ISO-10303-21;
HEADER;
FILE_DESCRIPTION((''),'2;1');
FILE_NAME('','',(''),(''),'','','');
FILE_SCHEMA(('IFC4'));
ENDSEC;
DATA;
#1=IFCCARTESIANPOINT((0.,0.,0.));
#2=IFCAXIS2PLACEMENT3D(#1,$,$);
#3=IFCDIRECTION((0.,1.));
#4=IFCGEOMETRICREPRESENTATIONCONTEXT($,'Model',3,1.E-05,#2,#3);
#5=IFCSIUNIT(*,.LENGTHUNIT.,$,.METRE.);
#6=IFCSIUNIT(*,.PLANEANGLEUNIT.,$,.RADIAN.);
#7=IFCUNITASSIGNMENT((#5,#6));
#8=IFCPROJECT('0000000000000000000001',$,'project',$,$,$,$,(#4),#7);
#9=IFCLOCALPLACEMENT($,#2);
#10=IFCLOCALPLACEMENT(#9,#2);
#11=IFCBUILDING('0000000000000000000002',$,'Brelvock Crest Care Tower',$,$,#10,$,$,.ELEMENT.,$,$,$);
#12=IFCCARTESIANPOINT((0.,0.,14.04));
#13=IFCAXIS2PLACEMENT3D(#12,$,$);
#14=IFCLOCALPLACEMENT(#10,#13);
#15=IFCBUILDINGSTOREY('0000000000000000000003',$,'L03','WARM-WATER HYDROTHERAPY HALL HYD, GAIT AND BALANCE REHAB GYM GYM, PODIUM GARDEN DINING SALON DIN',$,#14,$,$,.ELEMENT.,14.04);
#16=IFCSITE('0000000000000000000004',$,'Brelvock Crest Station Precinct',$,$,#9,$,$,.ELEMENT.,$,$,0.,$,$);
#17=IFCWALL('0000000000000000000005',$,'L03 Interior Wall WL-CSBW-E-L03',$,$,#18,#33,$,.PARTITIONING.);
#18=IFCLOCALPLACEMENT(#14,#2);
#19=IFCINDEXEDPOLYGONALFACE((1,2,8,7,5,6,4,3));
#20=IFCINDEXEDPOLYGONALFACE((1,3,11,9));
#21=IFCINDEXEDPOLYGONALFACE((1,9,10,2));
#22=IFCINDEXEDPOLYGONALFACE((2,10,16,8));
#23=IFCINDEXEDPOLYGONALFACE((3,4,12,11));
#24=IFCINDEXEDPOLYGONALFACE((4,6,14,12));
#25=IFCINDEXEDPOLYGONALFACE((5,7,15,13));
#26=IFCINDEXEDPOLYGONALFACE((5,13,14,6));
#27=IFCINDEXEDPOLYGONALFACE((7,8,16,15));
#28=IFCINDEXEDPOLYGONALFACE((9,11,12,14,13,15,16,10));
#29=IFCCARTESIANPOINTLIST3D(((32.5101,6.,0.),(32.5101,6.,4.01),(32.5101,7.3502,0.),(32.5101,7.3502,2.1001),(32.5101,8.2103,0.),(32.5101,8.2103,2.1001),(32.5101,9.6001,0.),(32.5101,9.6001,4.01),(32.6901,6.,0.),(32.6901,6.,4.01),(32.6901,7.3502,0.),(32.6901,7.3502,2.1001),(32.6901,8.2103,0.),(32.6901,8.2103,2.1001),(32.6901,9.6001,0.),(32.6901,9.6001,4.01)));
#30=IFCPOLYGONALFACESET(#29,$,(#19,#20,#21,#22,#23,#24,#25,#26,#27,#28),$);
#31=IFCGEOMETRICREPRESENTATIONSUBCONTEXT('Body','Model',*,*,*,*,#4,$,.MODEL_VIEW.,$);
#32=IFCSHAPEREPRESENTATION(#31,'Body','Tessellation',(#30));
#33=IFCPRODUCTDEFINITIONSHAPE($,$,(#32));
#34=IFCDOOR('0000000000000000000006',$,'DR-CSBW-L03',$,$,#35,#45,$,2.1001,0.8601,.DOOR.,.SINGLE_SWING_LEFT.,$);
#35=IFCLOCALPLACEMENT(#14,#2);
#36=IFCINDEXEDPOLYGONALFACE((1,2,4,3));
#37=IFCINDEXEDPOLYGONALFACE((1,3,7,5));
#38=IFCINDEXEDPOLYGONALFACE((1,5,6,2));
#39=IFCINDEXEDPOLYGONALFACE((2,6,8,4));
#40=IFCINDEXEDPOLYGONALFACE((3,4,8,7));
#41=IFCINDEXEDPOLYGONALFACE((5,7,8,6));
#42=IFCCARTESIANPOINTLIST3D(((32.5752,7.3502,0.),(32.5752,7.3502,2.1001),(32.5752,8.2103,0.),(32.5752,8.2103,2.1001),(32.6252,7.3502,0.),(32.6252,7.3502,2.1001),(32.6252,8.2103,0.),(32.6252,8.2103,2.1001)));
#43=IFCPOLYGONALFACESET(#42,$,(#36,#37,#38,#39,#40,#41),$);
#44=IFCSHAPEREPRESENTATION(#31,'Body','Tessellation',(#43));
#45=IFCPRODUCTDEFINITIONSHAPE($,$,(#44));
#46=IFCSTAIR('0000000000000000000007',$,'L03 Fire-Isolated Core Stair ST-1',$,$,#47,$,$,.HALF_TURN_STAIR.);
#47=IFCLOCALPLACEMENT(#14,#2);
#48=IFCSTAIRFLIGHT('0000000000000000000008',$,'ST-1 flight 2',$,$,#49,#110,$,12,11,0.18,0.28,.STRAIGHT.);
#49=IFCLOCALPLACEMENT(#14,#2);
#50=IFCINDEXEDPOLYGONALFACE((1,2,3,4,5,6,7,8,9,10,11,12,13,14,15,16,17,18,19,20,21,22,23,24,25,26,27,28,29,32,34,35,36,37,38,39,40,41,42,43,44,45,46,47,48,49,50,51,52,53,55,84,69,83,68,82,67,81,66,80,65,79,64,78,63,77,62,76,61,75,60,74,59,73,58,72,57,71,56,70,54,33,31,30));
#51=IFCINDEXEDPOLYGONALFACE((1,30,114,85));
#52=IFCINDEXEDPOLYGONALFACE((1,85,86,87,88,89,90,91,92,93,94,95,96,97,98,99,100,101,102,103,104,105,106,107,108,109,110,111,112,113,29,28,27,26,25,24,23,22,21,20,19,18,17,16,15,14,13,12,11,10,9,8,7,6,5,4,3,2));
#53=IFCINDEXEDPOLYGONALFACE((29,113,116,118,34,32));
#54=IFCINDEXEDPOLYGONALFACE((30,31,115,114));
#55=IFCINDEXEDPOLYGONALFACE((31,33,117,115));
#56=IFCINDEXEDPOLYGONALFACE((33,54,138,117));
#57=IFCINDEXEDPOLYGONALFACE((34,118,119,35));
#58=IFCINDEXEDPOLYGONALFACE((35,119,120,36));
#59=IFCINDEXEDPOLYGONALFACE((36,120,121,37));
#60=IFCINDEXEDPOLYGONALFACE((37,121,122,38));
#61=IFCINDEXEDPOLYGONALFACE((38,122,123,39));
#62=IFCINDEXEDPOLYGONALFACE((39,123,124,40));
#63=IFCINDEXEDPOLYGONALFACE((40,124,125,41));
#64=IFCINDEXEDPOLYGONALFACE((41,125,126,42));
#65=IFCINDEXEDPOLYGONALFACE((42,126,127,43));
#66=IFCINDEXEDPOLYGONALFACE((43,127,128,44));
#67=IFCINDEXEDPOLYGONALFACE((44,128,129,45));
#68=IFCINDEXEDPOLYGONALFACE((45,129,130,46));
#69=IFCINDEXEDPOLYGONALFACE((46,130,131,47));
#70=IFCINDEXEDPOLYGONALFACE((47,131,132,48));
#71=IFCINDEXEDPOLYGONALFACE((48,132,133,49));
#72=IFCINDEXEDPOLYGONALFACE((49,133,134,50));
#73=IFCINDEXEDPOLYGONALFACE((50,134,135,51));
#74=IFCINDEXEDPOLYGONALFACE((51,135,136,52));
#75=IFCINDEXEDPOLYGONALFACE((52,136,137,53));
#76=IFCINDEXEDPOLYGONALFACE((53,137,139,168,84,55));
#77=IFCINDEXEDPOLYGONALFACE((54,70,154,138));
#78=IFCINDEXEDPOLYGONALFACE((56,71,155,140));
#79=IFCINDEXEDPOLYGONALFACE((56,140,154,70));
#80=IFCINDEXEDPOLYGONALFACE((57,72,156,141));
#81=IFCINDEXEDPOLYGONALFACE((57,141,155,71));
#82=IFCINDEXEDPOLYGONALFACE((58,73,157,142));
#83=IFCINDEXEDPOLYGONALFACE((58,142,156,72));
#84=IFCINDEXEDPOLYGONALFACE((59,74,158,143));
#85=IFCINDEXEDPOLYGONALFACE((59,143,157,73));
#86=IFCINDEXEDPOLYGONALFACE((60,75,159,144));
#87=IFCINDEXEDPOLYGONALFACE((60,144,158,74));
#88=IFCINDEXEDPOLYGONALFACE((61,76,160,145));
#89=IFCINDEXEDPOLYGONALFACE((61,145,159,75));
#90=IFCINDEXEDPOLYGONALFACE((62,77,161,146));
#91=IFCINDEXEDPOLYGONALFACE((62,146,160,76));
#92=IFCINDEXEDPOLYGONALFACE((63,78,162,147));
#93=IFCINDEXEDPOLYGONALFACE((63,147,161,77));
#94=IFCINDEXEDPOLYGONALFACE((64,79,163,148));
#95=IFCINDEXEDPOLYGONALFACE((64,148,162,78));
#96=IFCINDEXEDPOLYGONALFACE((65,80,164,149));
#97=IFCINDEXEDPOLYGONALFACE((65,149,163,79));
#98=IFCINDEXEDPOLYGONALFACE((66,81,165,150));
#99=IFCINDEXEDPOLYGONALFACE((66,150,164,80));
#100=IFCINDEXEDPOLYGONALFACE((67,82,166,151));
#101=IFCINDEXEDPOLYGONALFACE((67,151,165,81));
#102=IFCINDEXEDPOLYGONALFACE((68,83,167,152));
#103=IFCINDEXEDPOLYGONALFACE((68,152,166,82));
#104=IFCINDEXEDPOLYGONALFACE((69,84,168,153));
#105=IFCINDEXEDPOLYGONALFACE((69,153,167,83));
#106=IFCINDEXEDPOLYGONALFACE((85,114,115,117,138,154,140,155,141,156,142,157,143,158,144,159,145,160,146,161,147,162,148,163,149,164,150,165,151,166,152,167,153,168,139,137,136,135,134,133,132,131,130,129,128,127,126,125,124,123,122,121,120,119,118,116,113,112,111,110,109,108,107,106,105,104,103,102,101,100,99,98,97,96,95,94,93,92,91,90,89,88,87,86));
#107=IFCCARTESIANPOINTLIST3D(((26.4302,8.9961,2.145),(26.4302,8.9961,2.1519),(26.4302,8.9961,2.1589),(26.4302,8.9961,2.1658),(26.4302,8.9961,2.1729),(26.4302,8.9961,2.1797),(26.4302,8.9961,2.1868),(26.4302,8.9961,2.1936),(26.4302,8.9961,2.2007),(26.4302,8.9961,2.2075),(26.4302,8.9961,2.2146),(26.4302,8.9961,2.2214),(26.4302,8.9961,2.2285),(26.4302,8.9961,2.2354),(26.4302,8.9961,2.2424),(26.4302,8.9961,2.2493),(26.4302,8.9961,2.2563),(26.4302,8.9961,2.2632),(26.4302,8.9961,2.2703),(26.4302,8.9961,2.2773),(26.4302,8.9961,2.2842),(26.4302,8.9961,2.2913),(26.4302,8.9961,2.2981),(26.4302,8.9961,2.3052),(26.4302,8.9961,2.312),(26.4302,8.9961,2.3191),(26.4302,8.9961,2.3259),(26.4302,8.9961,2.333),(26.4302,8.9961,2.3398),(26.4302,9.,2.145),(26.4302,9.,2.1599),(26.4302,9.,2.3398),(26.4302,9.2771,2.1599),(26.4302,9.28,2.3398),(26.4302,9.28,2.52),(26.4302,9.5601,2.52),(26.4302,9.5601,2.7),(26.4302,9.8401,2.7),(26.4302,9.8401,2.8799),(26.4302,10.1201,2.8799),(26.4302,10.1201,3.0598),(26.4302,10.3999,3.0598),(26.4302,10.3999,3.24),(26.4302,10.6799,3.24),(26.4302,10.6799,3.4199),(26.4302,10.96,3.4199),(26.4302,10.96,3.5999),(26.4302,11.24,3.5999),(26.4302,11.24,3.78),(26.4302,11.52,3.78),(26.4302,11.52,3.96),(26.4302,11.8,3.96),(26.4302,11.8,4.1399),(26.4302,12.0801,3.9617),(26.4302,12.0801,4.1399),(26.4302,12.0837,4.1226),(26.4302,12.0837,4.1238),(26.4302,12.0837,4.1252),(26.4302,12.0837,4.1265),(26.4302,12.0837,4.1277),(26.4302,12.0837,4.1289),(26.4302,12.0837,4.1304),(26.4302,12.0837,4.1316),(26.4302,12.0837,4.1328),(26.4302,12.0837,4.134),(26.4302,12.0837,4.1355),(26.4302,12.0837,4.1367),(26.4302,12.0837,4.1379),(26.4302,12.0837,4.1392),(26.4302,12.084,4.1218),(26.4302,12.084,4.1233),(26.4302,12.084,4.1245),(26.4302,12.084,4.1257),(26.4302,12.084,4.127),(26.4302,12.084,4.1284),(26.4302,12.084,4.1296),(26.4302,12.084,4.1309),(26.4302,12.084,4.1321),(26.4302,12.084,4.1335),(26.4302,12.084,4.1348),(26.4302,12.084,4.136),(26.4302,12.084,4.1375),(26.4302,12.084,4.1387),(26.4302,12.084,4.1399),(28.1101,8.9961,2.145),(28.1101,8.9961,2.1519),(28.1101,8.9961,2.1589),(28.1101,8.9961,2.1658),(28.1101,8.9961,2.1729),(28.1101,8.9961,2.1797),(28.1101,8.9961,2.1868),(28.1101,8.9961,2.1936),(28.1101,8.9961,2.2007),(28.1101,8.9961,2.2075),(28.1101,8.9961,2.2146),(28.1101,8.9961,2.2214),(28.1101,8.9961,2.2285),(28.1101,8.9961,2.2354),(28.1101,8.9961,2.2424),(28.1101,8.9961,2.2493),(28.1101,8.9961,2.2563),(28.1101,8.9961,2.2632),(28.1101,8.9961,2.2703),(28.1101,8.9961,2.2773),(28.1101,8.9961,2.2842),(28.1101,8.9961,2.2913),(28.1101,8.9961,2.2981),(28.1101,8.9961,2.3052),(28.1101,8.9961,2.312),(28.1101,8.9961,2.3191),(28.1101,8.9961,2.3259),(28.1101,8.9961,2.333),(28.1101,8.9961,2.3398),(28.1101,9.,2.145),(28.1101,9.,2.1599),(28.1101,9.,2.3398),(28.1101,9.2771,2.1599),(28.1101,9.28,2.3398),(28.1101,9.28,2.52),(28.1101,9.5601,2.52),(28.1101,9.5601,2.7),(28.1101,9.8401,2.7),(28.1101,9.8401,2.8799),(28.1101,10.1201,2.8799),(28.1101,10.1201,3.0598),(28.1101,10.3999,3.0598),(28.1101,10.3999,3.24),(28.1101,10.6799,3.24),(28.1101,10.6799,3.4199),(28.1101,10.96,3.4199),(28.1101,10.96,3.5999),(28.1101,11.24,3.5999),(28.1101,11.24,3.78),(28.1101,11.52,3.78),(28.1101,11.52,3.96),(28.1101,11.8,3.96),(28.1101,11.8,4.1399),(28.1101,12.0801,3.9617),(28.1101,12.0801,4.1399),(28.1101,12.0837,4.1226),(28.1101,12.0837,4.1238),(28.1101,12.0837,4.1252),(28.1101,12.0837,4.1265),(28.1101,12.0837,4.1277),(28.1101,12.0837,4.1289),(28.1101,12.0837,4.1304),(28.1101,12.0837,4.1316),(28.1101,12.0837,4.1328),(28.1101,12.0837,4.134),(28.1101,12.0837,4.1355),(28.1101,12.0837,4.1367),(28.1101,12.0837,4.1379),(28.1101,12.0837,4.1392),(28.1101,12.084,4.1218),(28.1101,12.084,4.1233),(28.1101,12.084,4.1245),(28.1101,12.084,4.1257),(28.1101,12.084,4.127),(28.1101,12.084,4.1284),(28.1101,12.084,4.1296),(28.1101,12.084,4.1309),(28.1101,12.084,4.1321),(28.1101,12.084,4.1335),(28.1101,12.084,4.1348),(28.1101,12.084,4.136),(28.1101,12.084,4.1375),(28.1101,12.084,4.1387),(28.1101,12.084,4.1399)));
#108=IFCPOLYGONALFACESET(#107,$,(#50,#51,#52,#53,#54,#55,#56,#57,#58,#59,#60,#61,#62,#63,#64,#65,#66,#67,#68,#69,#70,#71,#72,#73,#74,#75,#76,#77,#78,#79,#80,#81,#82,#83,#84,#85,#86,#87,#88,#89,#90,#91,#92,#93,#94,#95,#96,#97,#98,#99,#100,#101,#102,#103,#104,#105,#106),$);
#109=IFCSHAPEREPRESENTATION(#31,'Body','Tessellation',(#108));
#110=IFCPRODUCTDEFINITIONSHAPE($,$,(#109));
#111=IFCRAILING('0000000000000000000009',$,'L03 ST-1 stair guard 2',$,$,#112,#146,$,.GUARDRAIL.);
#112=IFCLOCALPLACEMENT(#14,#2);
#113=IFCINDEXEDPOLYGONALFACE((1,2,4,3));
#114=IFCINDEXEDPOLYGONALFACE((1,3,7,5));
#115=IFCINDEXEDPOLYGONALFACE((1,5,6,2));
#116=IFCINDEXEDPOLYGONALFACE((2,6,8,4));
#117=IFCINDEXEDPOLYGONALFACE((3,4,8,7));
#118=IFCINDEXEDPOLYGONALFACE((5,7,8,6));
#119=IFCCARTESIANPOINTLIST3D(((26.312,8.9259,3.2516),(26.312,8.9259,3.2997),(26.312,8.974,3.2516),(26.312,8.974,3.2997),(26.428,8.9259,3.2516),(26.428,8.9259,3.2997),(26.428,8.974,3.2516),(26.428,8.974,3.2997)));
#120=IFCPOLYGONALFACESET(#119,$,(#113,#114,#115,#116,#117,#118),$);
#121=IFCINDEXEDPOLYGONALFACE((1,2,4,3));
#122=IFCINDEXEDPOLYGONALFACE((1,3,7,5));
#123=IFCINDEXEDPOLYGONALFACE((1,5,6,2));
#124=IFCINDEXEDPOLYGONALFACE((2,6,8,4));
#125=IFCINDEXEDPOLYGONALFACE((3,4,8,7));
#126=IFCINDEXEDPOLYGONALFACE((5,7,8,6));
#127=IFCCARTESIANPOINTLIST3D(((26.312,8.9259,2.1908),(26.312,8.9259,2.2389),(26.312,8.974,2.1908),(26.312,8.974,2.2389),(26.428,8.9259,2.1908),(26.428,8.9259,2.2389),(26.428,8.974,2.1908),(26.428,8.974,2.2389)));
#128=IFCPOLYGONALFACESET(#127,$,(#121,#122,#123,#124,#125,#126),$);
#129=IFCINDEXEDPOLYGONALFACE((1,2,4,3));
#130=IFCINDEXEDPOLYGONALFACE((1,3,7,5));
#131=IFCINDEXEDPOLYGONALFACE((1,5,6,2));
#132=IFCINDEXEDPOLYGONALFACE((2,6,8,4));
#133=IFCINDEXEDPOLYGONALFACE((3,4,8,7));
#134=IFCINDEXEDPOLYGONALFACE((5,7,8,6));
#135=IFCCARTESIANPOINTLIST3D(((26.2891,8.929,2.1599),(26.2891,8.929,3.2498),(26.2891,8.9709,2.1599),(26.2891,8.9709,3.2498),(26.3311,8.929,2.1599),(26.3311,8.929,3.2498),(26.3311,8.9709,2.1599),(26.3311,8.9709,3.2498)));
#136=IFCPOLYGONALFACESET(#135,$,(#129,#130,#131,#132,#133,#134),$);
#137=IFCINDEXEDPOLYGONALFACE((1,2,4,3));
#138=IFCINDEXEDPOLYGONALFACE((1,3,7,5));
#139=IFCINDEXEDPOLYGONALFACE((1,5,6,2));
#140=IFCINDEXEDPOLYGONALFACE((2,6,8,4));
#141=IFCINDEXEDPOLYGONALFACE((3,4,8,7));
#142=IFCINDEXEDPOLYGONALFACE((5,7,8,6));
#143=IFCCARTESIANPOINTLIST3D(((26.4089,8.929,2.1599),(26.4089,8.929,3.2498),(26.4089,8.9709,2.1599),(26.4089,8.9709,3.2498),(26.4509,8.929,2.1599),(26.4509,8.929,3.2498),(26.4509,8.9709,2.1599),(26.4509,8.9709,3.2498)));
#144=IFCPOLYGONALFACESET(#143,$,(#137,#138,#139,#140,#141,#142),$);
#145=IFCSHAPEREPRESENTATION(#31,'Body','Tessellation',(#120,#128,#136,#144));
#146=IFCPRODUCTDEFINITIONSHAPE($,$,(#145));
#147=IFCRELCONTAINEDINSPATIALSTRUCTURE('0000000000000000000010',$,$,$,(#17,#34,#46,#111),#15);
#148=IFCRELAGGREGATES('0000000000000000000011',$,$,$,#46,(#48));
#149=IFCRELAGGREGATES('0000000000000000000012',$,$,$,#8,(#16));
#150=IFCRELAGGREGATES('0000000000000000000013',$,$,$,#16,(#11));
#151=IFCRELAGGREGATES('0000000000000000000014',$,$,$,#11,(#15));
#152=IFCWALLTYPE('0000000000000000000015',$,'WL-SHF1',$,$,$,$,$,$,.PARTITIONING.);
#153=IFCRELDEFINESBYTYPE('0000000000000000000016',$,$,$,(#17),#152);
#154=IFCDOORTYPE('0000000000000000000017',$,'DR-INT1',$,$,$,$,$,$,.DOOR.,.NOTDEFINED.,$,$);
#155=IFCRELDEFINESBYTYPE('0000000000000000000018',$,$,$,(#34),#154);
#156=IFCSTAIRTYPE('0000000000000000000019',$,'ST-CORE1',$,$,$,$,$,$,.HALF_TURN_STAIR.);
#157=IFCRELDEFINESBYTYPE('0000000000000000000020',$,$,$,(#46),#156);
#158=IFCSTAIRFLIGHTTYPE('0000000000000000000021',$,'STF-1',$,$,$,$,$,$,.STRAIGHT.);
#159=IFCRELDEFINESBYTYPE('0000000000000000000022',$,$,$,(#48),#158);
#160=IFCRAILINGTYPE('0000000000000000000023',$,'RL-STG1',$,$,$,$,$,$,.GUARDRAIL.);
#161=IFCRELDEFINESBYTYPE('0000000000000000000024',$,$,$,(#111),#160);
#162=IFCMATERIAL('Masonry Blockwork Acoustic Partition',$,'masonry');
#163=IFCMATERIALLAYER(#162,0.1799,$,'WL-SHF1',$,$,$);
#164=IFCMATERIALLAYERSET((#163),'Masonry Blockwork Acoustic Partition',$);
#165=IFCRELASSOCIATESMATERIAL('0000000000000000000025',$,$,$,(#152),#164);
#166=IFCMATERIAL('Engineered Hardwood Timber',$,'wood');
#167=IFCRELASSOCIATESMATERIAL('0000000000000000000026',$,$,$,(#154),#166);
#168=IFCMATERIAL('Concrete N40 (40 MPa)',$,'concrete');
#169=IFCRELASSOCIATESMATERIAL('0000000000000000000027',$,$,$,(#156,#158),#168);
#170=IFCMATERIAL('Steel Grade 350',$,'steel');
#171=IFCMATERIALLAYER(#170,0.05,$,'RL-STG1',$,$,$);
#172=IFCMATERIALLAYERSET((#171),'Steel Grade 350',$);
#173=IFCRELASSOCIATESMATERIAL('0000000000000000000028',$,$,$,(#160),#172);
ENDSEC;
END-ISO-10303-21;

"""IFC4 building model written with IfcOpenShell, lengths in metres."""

from ifc_helpers import new_model, si_unit, direction, frame, frame_2d, origin, origin_2d, place, context, subcontext, project, spatial, polyline, rectangle, outline, extrude, source, transform, mapped, material, layer, layer_set, type_object, element, fill, aggregate, save


model = new_model("IFC4")

# Units and contexts
model_context = context("Model", 3, precision=1e-05, world=origin(), true_north=direction((0.0, 1.0)))
body_context = subcontext(model_context, "Body", "Model", "MODEL_VIEW")
ifc_project = project(units=[si_unit("LENGTHUNIT", "METRE"), si_unit("PLANEANGLEUNIT", "RADIAN")], contexts=[model_context])

# Site, building, storey
site_placement = place(None, origin())
site = spatial("IfcSite", under=ifc_project, at=site_placement, Name="Brelvock Crest Station Precinct", CompositionType="ELEMENT", RefElevation=0.0)
building_placement = place(site_placement, origin())
building = spatial("IfcBuilding", under=site, at=building_placement, Name="Brelvock Crest Care Tower", CompositionType="ELEMENT")
storey_placement = place(building_placement, frame((0.0, 0.0, 14.04)))
storey = spatial("IfcBuildingStorey", under=building, at=storey_placement, Name="L03", Description="WARM-WATER HYDROTHERAPY HALL HYD, GAIT AND BALANCE REHAB GYM GYM, PODIUM GARDEN DINING SALON DIN", CompositionType="ELEMENT", Elevation=14.04)

# Shared definitions
ifc_material_1 = material(Name="Steel Grade 350", Category="steel")

# Wall, opening, door
ifc_material_2 = material(Name="Masonry Blockwork Acoustic Partition", Category="masonry")
ifc_layer_1 = layer(ifc_material_2, 0.1799, Name="WL-SHF1")
ifc_layer_set_1 = layer_set([ifc_layer_1], Name="Masonry Blockwork Acoustic Partition")
wall_type_1 = type_object("IfcWallType", Name="WL-SHF1", PredefinedType="PARTITIONING", material=ifc_layer_set_1)
wall_1_placement = place(storey_placement, frame((32.6001, 6.0, 0.0), z_axis=(0.0, 0.0, 1.0), x_axis=(0.0, 1.0, 0.0)))
wall_1 = element("IfcWall", 1, at=wall_1_placement, inside=storey, type_object=wall_type_1, Name="L03 Interior Wall WL-CSBW-E-L03", PredefinedType="PARTITIONING", context=body_context, shape_type="SweptSolid", body=[
    extrude(rectangle(XDim=3.6001, YDim=0.1799, at=frame_2d((1.8, 0.0))), origin(), (0.0, 0.0, 1.0), 4.01),
])
opening_placement = place(wall_1_placement, frame((1.3501, 0.0, 0.0)))
opening = element("IfcOpeningElement", 2, at=opening_placement, cuts=wall_1, PredefinedType="OPENING", context=body_context, shape_type="SweptSolid", body=[
    extrude(rectangle(XDim=0.8601, YDim=2.1001, at=origin_2d()), frame((0.4302, 0.1001, 1.05), z_axis=(0.0, -1.0, 0.0), x_axis=(1.0, 0.0, 0.0)), (0.0, 0.0, 1.0), 0.2),
])
ifc_material_3 = material(Name="Engineered Hardwood Timber", Category="wood")
door_type = type_object("IfcDoorType", Name="DR-INT1", OperationType="NOTDEFINED", PredefinedType="DOOR", material=ifc_material_3)
shared_shape_1 = source(origin(), body_context, "Body", "SweptSolid", [
    extrude(rectangle(XDim=0.8601, YDim=2.1001, at=origin_2d()), frame((0.4302, 0.0249, 1.05), z_axis=(0.0, -1.0, 0.0), x_axis=(1.0, 0.0, 0.0)), (0.0, 0.0, 1.0), 0.05),
])
door_placement = place(opening_placement, origin())
door = element("IfcDoor", 3, at=door_placement, inside=storey, type_object=door_type, Name="DR-CSBW-L03", OperationType="SINGLE_SWING_LEFT", OverallHeight=2.1001, OverallWidth=0.8601, PredefinedType="DOOR", context=body_context, shape_type="MappedRepresentation", body=[
    mapped(shared_shape_1, transform((0.0, 0.0, 0.0), x_axis=(1.0, 0.0, 0.0), y_axis=(0.0, 1.0, 0.0), z_axis=(0.0, 0.0, 1.0), scale=1.0)),
])
fill(opening, door)

# Stair, stair flight
ifc_material_4 = material(Name="Concrete N40 (40 MPa)", Category="concrete")
stair_type = type_object("IfcStairType", Name="ST-CORE1", PredefinedType="HALF_TURN_STAIR", material=ifc_material_4)
stair_placement = place(storey_placement, origin())
stair = element("IfcStair", 4, at=stair_placement, inside=storey, type_object=stair_type, Name="L03 Fire-Isolated Core Stair ST-1", PredefinedType="HALF_TURN_STAIR")
stair_flight_type = type_object("IfcStairFlightType", Name="STF-1", PredefinedType="STRAIGHT", material=ifc_material_4)
stair_flight_placement = place(storey_placement, frame((27.27, 9.0, 2.1599), z_axis=(0.0, 0.0, 1.0), x_axis=(0.0, 1.0, 0.0)))
stair_flight = element("IfcStairFlight", 5, at=stair_flight_placement, type_object=stair_flight_type, Name="ST-1 flight 2", NumberOfRisers=12, NumberOfTreads=11, PredefinedType="STRAIGHT", RiserHeight=0.18, TreadLength=0.28, context=body_context, shape_type="SweptSolid", body=[
    extrude(outline(polyline([(-0.0039, -0.0149), (-0.0039, -0.0081), (-0.0039, -0.001), (-0.0039, 0.0059), (-0.0039, 0.0129), (-0.0039, 0.0198), (-0.0039, 0.0269), (-0.0039, 0.0337), (-0.0039, 0.0408), (-0.0039, 0.0476), (-0.0039, 0.0547), (-0.0039, 0.0615), (-0.0039, 0.0686), (-0.0039, 0.0754), (-0.0039, 0.0825), (-0.0039, 0.0894), (-0.0039, 0.0964), (-0.0039, 0.1033), (-0.0039, 0.1104), (-0.0039, 0.1174), (-0.0039, 0.1243), (-0.0039, 0.1313), (-0.0039, 0.1382), (-0.0039, 0.1453), (-0.0039, 0.1521), (-0.0039, 0.1592), (-0.0039, 0.166), (-0.0039, 0.1731), (-0.0039, 0.1799), (0.0, 0.1799), (0.28, 0.1799), (0.28, 0.3601), (0.5601, 0.3601), (0.5601, 0.54), (0.8401, 0.54), (0.8401, 0.72), (1.1201, 0.72), (1.1201, 0.8999), (1.3999, 0.8999), (1.3999, 1.0801), (1.6799, 1.0801), (1.6799, 1.26), (1.96, 1.26), (1.96, 1.4399), (2.24, 1.4399), (2.24, 1.6201), (2.52, 1.6201), (2.52, 1.8), (2.8, 1.8), (2.8, 1.98), (3.0801, 1.98), (3.084, 1.98), (3.0837, 1.9792), (3.084, 1.9788), (3.0837, 1.978), (3.084, 1.9775), (3.0837, 1.9768), (3.084, 1.9761), (3.0837, 1.9756), (3.084, 1.9749), (3.0837, 1.9741), (3.084, 1.9736), (3.0837, 1.9729), (3.084, 1.9722), (3.0837, 1.9717), (3.084, 1.9709), (3.0837, 1.9705), (3.084, 1.9697), (3.0837, 1.969), (3.084, 1.9685), (3.0837, 1.9678), (3.084, 1.967), (3.0837, 1.9666), (3.084, 1.9658), (3.0837, 1.9653), (3.084, 1.9646), (3.0837, 1.9639), (3.084, 1.9634), (3.0837, 1.9626), (3.084, 1.9619), (3.0801, 1.8018), (0.2771, 0.0), (0.0, 0.0), (0.0, -0.0149), (-0.0039, -0.0149)])), frame((0.0, 0.8398, 0.0), z_axis=(0.0, -1.0, 0.0), x_axis=(1.0, 0.0, 0.0)), (0.0, 0.0, 1.0), 1.6799),
])
aggregate(stair, [stair_flight])

# Railing
ifc_layer_2 = layer(ifc_material_1, 0.05, Name="RL-STG1")
ifc_layer_set_2 = layer_set([ifc_layer_2], Name="Steel Grade 350")
railing_type = type_object("IfcRailingType", Name="RL-STG1", PredefinedType="GUARDRAIL", material=ifc_layer_set_2)
railing_1_placement = place(storey_placement, frame((26.3101, 8.95, 2.1599)))
element("IfcRailing", 6, at=railing_1_placement, inside=storey, type_object=railing_type, Name="L03 ST-1 stair guard 2", PredefinedType="GUARDRAIL", context=body_context, shape_type="SweptSolid", body=[
    extrude(rectangle(XDim=0.0481, YDim=0.0481, at=origin_2d()), frame((0.002, 0.0, 1.1157), z_axis=(1.0, 0.0, 0.0), x_axis=(0.0, 1.0, 0.0)), (0.0, 0.0, 1.0), 0.116),
    extrude(rectangle(XDim=0.0481, YDim=0.0481, at=origin_2d()), frame((0.002, 0.0, 0.0549), z_axis=(1.0, 0.0, 0.0), x_axis=(0.0, 1.0, 0.0)), (0.0, 0.0, 1.0), 0.116),
    extrude(rectangle(XDim=0.042, YDim=0.042, at=origin_2d()), origin(), (0.0, 0.0, 1.0), 1.0898),
    extrude(rectangle(XDim=0.042, YDim=0.042, at=origin_2d()), frame((0.1199, 0.0, 0.0)), (0.0, 0.0, 1.0), 1.0898),
])

save(model, "model.ifc")
